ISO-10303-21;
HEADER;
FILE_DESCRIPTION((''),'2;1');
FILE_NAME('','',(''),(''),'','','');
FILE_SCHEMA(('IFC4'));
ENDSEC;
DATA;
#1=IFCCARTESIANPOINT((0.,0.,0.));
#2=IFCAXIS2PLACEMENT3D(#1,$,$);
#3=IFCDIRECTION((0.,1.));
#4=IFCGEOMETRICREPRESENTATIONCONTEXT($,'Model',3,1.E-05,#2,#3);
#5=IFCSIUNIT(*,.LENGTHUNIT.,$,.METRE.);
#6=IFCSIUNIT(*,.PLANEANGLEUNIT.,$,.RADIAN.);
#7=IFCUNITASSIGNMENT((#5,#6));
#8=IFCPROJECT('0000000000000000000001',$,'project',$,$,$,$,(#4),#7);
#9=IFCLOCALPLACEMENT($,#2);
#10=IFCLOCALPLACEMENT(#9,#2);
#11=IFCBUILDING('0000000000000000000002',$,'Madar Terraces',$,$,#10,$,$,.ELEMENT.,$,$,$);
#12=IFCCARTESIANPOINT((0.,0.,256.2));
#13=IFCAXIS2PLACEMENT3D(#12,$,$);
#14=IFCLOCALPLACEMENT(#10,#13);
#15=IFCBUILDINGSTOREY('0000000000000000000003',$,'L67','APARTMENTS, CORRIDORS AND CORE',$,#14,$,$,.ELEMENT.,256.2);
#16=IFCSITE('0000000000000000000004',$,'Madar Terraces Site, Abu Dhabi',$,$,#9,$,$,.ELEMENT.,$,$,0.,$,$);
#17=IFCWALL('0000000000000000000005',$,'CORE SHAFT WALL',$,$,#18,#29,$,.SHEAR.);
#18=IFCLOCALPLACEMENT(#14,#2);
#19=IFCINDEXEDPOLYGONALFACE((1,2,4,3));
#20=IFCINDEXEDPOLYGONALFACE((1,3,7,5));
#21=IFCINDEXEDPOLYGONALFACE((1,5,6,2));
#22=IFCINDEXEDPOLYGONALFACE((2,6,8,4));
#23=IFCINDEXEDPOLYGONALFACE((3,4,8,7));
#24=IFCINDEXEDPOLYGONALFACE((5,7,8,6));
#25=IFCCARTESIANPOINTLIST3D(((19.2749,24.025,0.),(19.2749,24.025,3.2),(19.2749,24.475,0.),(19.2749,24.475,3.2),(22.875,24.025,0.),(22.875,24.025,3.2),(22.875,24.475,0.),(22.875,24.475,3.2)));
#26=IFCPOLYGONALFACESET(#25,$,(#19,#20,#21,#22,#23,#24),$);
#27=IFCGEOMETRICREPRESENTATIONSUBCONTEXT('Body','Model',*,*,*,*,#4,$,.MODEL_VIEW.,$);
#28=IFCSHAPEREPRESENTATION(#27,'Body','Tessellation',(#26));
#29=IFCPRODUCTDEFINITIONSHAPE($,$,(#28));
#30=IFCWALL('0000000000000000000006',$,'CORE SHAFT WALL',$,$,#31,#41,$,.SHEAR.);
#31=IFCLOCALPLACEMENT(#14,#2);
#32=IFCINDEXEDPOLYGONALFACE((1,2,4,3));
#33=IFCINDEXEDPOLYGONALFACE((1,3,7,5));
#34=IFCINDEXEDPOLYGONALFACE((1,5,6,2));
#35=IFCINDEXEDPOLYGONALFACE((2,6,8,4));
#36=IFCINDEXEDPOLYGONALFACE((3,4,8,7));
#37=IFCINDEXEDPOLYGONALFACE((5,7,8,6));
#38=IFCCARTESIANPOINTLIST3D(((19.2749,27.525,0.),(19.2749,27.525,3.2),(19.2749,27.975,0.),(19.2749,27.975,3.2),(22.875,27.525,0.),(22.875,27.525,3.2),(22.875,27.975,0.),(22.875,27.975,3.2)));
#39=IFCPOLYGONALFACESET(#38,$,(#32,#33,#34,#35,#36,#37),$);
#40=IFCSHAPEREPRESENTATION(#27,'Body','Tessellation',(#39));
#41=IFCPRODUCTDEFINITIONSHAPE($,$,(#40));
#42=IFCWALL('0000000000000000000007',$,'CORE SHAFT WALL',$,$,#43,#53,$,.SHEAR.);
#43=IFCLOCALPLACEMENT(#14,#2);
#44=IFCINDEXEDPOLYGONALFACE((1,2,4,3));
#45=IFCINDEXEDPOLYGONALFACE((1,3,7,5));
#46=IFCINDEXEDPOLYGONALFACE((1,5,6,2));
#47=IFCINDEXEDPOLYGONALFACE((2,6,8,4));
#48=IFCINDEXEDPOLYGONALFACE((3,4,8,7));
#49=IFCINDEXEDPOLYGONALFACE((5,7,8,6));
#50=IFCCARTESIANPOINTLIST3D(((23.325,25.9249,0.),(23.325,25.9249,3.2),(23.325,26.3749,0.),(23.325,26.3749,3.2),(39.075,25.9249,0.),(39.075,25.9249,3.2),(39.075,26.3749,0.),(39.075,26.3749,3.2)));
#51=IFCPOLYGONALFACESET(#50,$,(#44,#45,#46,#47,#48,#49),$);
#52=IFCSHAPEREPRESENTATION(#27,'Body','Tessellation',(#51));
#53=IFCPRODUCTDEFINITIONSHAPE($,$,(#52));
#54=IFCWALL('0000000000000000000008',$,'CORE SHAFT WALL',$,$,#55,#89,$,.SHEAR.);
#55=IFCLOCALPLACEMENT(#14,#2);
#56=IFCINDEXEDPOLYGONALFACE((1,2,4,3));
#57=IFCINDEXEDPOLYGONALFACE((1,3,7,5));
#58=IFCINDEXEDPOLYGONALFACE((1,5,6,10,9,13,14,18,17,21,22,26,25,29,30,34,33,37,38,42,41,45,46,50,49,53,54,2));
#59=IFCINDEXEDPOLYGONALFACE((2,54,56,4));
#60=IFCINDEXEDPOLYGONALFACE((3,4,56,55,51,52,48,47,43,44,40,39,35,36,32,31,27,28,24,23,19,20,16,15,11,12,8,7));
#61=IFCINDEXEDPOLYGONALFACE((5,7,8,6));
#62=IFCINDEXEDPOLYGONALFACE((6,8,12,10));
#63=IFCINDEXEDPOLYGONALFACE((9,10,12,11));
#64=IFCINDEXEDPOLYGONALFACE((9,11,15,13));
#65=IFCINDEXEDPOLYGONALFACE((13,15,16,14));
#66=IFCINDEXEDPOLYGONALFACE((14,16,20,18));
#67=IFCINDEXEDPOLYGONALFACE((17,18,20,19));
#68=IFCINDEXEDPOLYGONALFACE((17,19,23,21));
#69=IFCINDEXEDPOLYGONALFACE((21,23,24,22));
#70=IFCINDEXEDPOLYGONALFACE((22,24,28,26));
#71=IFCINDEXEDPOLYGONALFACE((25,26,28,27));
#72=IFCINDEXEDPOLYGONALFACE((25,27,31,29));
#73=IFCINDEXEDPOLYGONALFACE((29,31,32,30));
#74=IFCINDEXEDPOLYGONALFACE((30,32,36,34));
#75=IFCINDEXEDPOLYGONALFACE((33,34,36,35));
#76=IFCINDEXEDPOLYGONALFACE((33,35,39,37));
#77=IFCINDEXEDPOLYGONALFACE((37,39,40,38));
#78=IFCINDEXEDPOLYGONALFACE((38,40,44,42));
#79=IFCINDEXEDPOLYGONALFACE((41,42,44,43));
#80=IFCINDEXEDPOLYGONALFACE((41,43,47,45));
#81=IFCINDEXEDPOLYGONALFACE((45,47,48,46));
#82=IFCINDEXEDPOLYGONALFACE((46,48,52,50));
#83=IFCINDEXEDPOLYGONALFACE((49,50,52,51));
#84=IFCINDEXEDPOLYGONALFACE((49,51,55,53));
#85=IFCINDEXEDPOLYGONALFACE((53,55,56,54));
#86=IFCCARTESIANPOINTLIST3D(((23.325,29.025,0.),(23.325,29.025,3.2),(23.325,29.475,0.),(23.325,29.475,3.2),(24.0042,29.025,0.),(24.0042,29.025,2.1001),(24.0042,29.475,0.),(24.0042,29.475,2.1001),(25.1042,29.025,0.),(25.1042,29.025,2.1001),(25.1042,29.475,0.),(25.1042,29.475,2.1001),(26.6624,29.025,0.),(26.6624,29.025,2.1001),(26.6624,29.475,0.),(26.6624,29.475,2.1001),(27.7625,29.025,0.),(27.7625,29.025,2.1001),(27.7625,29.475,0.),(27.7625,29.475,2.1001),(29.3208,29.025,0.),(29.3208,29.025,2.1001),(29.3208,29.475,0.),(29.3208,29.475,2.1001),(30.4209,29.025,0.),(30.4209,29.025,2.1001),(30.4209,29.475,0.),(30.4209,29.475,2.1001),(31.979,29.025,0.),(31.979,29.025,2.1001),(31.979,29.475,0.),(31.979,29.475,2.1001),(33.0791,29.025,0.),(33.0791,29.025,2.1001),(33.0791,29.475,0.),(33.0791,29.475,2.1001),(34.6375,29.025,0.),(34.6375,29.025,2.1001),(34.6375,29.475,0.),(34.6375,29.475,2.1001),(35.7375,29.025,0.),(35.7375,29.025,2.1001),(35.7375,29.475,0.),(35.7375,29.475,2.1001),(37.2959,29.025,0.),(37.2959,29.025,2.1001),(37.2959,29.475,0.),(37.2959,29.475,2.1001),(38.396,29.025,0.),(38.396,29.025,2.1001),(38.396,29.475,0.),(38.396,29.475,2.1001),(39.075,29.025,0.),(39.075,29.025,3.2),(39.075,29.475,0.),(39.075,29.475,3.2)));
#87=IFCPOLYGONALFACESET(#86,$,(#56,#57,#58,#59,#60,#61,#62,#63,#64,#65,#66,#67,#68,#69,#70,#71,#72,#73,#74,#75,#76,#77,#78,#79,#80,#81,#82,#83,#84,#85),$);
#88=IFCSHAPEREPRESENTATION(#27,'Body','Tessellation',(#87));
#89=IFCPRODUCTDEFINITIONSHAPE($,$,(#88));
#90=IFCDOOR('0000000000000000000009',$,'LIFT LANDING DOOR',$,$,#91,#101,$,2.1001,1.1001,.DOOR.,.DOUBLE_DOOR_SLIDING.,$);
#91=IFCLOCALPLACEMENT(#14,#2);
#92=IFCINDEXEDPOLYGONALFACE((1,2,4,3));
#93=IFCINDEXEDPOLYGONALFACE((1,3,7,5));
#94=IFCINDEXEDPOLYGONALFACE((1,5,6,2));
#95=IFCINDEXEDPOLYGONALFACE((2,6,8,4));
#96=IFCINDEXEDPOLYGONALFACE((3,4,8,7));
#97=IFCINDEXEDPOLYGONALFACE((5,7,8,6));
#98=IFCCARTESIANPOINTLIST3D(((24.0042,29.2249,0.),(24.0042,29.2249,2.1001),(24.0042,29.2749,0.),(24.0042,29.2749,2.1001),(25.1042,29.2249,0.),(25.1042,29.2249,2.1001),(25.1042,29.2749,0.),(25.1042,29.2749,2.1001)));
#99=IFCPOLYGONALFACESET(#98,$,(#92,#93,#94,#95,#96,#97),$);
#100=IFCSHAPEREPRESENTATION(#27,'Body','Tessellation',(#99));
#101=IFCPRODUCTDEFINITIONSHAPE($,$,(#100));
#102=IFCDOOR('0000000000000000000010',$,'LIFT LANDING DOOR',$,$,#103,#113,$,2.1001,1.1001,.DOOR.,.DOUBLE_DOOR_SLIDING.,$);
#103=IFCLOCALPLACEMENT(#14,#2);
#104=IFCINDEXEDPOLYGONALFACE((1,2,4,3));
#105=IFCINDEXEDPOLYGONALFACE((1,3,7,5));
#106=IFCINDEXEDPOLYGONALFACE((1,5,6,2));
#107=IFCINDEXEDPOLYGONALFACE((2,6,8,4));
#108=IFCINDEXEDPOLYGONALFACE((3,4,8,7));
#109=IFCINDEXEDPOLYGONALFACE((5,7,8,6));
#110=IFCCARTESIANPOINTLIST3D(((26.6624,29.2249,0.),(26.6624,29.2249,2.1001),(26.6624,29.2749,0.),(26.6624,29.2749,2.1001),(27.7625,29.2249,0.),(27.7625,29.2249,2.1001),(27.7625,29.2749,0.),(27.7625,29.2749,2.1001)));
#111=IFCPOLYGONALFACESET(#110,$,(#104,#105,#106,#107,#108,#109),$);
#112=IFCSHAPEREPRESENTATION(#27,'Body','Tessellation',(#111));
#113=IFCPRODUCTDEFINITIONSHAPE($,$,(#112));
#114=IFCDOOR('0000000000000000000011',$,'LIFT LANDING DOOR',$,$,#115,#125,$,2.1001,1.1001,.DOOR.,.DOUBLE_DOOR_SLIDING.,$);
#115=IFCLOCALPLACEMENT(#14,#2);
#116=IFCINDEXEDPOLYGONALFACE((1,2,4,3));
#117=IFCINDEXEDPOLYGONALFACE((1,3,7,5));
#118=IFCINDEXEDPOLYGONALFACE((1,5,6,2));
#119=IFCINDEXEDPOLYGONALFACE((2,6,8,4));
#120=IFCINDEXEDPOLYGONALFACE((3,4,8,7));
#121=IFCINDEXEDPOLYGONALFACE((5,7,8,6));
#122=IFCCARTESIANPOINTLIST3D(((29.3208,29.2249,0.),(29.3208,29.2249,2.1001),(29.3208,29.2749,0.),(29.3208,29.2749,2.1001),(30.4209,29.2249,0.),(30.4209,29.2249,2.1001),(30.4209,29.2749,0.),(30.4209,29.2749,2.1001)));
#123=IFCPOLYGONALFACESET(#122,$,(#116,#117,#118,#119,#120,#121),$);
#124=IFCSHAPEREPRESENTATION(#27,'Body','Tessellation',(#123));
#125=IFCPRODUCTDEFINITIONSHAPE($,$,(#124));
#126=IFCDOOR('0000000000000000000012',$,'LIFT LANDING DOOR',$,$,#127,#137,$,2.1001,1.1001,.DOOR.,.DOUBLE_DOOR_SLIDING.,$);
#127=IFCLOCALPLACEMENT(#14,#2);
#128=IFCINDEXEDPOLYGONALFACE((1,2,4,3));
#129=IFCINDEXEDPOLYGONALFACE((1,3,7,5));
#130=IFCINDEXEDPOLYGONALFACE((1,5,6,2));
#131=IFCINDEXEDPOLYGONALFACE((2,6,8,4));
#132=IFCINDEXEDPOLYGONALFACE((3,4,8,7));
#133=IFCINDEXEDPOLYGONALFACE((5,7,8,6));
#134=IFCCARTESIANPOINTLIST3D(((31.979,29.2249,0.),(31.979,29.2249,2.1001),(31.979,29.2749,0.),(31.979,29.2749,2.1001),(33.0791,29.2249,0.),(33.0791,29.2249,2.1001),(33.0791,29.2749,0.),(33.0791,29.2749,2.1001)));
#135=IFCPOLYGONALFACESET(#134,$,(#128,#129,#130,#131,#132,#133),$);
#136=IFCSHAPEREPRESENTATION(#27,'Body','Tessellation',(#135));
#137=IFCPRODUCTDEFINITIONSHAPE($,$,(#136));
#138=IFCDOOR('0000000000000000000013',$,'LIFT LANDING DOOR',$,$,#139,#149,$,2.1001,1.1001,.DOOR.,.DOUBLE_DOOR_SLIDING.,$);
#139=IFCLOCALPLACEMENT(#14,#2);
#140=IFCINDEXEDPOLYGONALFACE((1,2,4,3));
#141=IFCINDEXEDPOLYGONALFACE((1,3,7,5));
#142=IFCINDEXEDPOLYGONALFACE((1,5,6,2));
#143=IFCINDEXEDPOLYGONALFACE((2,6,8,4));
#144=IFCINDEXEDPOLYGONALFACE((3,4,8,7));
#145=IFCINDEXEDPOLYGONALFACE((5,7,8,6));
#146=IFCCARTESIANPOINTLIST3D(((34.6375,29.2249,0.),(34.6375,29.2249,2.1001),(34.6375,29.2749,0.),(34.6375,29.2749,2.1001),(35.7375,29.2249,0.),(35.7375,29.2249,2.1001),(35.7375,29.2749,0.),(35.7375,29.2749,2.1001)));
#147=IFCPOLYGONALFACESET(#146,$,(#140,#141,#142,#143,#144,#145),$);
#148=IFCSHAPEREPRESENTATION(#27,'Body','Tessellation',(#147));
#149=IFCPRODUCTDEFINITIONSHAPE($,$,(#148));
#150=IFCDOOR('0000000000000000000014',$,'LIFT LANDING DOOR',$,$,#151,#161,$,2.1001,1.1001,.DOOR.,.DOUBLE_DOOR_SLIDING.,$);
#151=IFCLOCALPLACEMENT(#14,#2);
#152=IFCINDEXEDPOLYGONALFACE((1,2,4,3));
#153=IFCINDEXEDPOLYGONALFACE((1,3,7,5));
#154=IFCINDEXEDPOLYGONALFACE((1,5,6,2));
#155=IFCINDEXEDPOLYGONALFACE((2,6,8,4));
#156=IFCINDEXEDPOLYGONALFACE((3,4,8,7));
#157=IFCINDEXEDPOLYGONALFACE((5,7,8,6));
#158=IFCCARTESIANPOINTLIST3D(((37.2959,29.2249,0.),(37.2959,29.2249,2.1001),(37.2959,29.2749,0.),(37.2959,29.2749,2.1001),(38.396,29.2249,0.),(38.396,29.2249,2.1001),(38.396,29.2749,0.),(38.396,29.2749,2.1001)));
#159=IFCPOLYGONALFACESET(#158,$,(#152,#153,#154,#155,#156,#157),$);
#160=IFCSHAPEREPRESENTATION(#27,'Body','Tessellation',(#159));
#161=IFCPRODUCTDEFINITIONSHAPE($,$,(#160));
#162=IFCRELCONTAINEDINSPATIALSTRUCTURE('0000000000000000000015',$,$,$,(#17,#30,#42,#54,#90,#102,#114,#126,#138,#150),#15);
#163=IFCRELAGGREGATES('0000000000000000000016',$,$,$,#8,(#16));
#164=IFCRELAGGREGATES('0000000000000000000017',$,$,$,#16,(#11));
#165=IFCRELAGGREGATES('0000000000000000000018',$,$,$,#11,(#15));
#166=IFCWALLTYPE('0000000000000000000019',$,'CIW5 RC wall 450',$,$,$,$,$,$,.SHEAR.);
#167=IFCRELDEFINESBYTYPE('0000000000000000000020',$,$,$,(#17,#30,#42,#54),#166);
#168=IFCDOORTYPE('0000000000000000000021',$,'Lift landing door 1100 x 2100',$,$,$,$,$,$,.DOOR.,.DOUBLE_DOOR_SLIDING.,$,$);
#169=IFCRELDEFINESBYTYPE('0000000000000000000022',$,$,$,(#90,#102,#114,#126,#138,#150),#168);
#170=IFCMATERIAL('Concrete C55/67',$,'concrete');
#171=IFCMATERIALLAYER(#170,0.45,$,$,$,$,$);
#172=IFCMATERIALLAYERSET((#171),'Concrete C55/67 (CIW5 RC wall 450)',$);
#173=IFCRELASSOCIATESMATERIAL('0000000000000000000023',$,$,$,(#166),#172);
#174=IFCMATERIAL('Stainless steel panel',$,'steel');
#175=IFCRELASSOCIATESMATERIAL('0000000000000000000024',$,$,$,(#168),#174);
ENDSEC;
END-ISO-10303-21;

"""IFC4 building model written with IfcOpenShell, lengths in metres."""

from ifc_helpers import new_model, si_unit, direction, frame, frame_2d, origin, place, context, subcontext, project, spatial, rectangle, extrude, material, layer, layer_set, type_object, element, fill, save


model = new_model("IFC4")

# Units and contexts
model_context = context("Model", 3, precision=1e-05, world=origin(), true_north=direction((0.0, 1.0)))
body_context = subcontext(model_context, "Body", "Model", "MODEL_VIEW")
ifc_project = project(units=[si_unit("LENGTHUNIT", "METRE"), si_unit("PLANEANGLEUNIT", "RADIAN")], contexts=[model_context])

# Site, building, storey
site_placement = place(None, origin())
site = spatial("IfcSite", under=ifc_project, at=site_placement, Name="Madar Terraces Site, Abu Dhabi", CompositionType="ELEMENT", RefElevation=0.0)
building_placement = place(site_placement, origin())
building = spatial("IfcBuilding", under=site, at=building_placement, Name="Madar Terraces", CompositionType="ELEMENT")
storey_placement = place(building_placement, frame((0.0, 0.0, 256.2)))
storey = spatial("IfcBuildingStorey", under=building, at=storey_placement, Name="L67", Description="APARTMENTS, CORRIDORS AND CORE", CompositionType="ELEMENT", Elevation=256.2)

# Walls
ifc_material_1 = material(Name="Concrete C55/67", Category="concrete")
ifc_layer_1 = layer(ifc_material_1, 0.45)
ifc_layer_set_1 = layer_set([ifc_layer_1], Name="Concrete C55/67 (CIW5 RC wall 450)")
wall_type_1 = type_object("IfcWallType", Name="CIW5 RC wall 450", PredefinedType="SHEAR", material=ifc_layer_set_1)
for number, where, z_axis, x_axis, name in (
    (1, (19.2749, 24.25, 0.0), (0.0, 0.0, 1.0), (1.0, 0.0, 0.0), "CORE SHAFT WALL"),
    (2, (19.2749, 27.75, 0.0), (0.0, 0.0, 1.0), (1.0, 0.0, 0.0), "CORE SHAFT WALL"),
):
    element("IfcWall", number, at=place(storey_placement, frame(where, z_axis=z_axis, x_axis=x_axis)), inside=storey, type_object=wall_type_1, Name=name, PredefinedType="SHEAR", context=body_context, shape_type="SweptSolid", body=[
        extrude(rectangle(XDim=3.6001, YDim=0.45, at=frame_2d((1.8, 0.0))), origin(), (0.0, 0.0, 1.0), 3.2),
    ])
wall_1_placement = place(storey_placement, frame((23.325, 26.1499, 0.0), z_axis=(0.0, 0.0, 1.0), x_axis=(1.0, 0.0, 0.0)))
element("IfcWall", 3, at=wall_1_placement, inside=storey, type_object=wall_type_1, Name="CORE SHAFT WALL", PredefinedType="SHEAR", context=body_context, shape_type="SweptSolid", body=[
    extrude(rectangle(XDim=15.75, YDim=0.45, at=frame_2d((7.875, 0.0))), origin(), (0.0, 0.0, 1.0), 3.2),
])

# Wall, openings, doors
wall_2_placement = place(storey_placement, frame((23.325, 29.25, 0.0), z_axis=(0.0, 0.0, 1.0), x_axis=(1.0, 0.0, 0.0)))
wall_2 = element("IfcWall", 4, at=wall_2_placement, inside=storey, type_object=wall_type_1, Name="CORE SHAFT WALL", PredefinedType="SHEAR", context=body_context, shape_type="SweptSolid", body=[
    extrude(rectangle(XDim=15.75, YDim=0.45, at=frame_2d((7.875, 0.0))), origin(), (0.0, 0.0, 1.0), 3.2),
])
opening_1_placement = place(wall_2_placement, frame((0.6792, 0.0, 0.0)))
opening_1 = element("IfcOpeningElement", 5, at=opening_1_placement, cuts=wall_2, PredefinedType="OPENING", context=body_context, shape_type="SweptSolid", body=[
    extrude(rectangle(XDim=1.1001, YDim=2.1001, at=frame_2d((0.55, 1.05))), frame((0.0, 0.2349, 0.0), z_axis=(0.0, -1.0, 0.0), x_axis=(1.0, 0.0, 0.0)), (0.0, 0.0, 1.0), 0.47),
])
opening_2_placement = place(wall_2_placement, frame((3.3374, 0.0, 0.0)))
opening_2 = element("IfcOpeningElement", 6, at=opening_2_placement, cuts=wall_2, PredefinedType="OPENING", context=body_context, shape_type="SweptSolid", body=[
    extrude(rectangle(XDim=1.1001, YDim=2.1001, at=frame_2d((0.55, 1.05))), frame((0.0, 0.2349, 0.0), z_axis=(0.0, -1.0, 0.0), x_axis=(1.0, 0.0, 0.0)), (0.0, 0.0, 1.0), 0.47),
])
opening_3_placement = place(wall_2_placement, frame((5.9958, 0.0, 0.0)))
opening_3 = element("IfcOpeningElement", 7, at=opening_3_placement, cuts=wall_2, PredefinedType="OPENING", context=body_context, shape_type="SweptSolid", body=[
    extrude(rectangle(XDim=1.1001, YDim=2.1001, at=frame_2d((0.55, 1.05))), frame((0.0, 0.2349, 0.0), z_axis=(0.0, -1.0, 0.0), x_axis=(1.0, 0.0, 0.0)), (0.0, 0.0, 1.0), 0.47),
])
opening_4_placement = place(wall_2_placement, frame((8.6541, 0.0, 0.0)))
opening_4 = element("IfcOpeningElement", 8, at=opening_4_placement, cuts=wall_2, PredefinedType="OPENING", context=body_context, shape_type="SweptSolid", body=[
    extrude(rectangle(XDim=1.1001, YDim=2.1001, at=frame_2d((0.55, 1.05))), frame((0.0, 0.2349, 0.0), z_axis=(0.0, -1.0, 0.0), x_axis=(1.0, 0.0, 0.0)), (0.0, 0.0, 1.0), 0.47),
])
opening_5_placement = place(wall_2_placement, frame((11.3125, 0.0, 0.0)))
opening_5 = element("IfcOpeningElement", 9, at=opening_5_placement, cuts=wall_2, PredefinedType="OPENING", context=body_context, shape_type="SweptSolid", body=[
    extrude(rectangle(XDim=1.1001, YDim=2.1001, at=frame_2d((0.55, 1.05))), frame((0.0, 0.2349, 0.0), z_axis=(0.0, -1.0, 0.0), x_axis=(1.0, 0.0, 0.0)), (0.0, 0.0, 1.0), 0.47),
])
opening_6_placement = place(wall_2_placement, frame((13.9709, 0.0, 0.0)))
opening_6 = element("IfcOpeningElement", 10, at=opening_6_placement, cuts=wall_2, PredefinedType="OPENING", context=body_context, shape_type="SweptSolid", body=[
    extrude(rectangle(XDim=1.1001, YDim=2.1001, at=frame_2d((0.55, 1.05))), frame((0.0, 0.2349, 0.0), z_axis=(0.0, -1.0, 0.0), x_axis=(1.0, 0.0, 0.0)), (0.0, 0.0, 1.0), 0.47),
])
ifc_material_2 = material(Name="Stainless steel panel", Category="steel")
door_type_1 = type_object("IfcDoorType", Name="Lift landing door 1100 x 2100", OperationType="DOUBLE_DOOR_SLIDING", PredefinedType="DOOR", material=ifc_material_2)
door_1_placement = place(opening_1_placement, origin())
door_1 = element("IfcDoor", 11, at=door_1_placement, inside=storey, type_object=door_type_1, Name="LIFT LANDING DOOR", OperationType="DOUBLE_DOOR_SLIDING", OverallHeight=2.1001, OverallWidth=1.1001, PredefinedType="DOOR", context=body_context, shape_type="SweptSolid", body=[
    extrude(rectangle(XDim=1.1001, YDim=2.1001, at=frame_2d((0.55, 1.05))), frame((0.0, 0.0249, 0.0), z_axis=(0.0, -1.0, 0.0), x_axis=(1.0, 0.0, 0.0)), (0.0, 0.0, 1.0), 0.05),
])
fill(opening_1, door_1)
door_2_placement = place(opening_2_placement, origin())
door_2 = element("IfcDoor", 12, at=door_2_placement, inside=storey, type_object=door_type_1, Name="LIFT LANDING DOOR", OperationType="DOUBLE_DOOR_SLIDING", OverallHeight=2.1001, OverallWidth=1.1001, PredefinedType="DOOR", context=body_context, shape_type="SweptSolid", body=[
    extrude(rectangle(XDim=1.1001, YDim=2.1001, at=frame_2d((0.55, 1.05))), frame((0.0, 0.0249, 0.0), z_axis=(0.0, -1.0, 0.0), x_axis=(1.0, 0.0, 0.0)), (0.0, 0.0, 1.0), 0.05),
])
fill(opening_2, door_2)
door_3_placement = place(opening_3_placement, origin())
door_3 = element("IfcDoor", 13, at=door_3_placement, inside=storey, type_object=door_type_1, Name="LIFT LANDING DOOR", OperationType="DOUBLE_DOOR_SLIDING", OverallHeight=2.1001, OverallWidth=1.1001, PredefinedType="DOOR", context=body_context, shape_type="SweptSolid", body=[
    extrude(rectangle(XDim=1.1001, YDim=2.1001, at=frame_2d((0.55, 1.05))), frame((0.0, 0.0249, 0.0), z_axis=(0.0, -1.0, 0.0), x_axis=(1.0, 0.0, 0.0)), (0.0, 0.0, 1.0), 0.05),
])
fill(opening_3, door_3)
door_4_placement = place(opening_4_placement, origin())
door_4 = element("IfcDoor", 14, at=door_4_placement, inside=storey, type_object=door_type_1, Name="LIFT LANDING DOOR", OperationType="DOUBLE_DOOR_SLIDING", OverallHeight=2.1001, OverallWidth=1.1001, PredefinedType="DOOR", context=body_context, shape_type="SweptSolid", body=[
    extrude(rectangle(XDim=1.1001, YDim=2.1001, at=frame_2d((0.55, 1.05))), frame((0.0, 0.0249, 0.0), z_axis=(0.0, -1.0, 0.0), x_axis=(1.0, 0.0, 0.0)), (0.0, 0.0, 1.0), 0.05),
])
fill(opening_4, door_4)
door_5_placement = place(opening_5_placement, origin())
door_5 = element("IfcDoor", 15, at=door_5_placement, inside=storey, type_object=door_type_1, Name="LIFT LANDING DOOR", OperationType="DOUBLE_DOOR_SLIDING", OverallHeight=2.1001, OverallWidth=1.1001, PredefinedType="DOOR", context=body_context, shape_type="SweptSolid", body=[
    extrude(rectangle(XDim=1.1001, YDim=2.1001, at=frame_2d((0.55, 1.05))), frame((0.0, 0.0249, 0.0), z_axis=(0.0, -1.0, 0.0), x_axis=(1.0, 0.0, 0.0)), (0.0, 0.0, 1.0), 0.05),
])
fill(opening_5, door_5)
door_6_placement = place(opening_6_placement, origin())
door_6 = element("IfcDoor", 16, at=door_6_placement, inside=storey, type_object=door_type_1, Name="LIFT LANDING DOOR", OperationType="DOUBLE_DOOR_SLIDING", OverallHeight=2.1001, OverallWidth=1.1001, PredefinedType="DOOR", context=body_context, shape_type="SweptSolid", body=[
    extrude(rectangle(XDim=1.1001, YDim=2.1001, at=frame_2d((0.55, 1.05))), frame((0.0, 0.0249, 0.0), z_axis=(0.0, -1.0, 0.0), x_axis=(1.0, 0.0, 0.0)), (0.0, 0.0, 1.0), 0.05),
])
fill(opening_6, door_6)

save(model, "model.ifc")
